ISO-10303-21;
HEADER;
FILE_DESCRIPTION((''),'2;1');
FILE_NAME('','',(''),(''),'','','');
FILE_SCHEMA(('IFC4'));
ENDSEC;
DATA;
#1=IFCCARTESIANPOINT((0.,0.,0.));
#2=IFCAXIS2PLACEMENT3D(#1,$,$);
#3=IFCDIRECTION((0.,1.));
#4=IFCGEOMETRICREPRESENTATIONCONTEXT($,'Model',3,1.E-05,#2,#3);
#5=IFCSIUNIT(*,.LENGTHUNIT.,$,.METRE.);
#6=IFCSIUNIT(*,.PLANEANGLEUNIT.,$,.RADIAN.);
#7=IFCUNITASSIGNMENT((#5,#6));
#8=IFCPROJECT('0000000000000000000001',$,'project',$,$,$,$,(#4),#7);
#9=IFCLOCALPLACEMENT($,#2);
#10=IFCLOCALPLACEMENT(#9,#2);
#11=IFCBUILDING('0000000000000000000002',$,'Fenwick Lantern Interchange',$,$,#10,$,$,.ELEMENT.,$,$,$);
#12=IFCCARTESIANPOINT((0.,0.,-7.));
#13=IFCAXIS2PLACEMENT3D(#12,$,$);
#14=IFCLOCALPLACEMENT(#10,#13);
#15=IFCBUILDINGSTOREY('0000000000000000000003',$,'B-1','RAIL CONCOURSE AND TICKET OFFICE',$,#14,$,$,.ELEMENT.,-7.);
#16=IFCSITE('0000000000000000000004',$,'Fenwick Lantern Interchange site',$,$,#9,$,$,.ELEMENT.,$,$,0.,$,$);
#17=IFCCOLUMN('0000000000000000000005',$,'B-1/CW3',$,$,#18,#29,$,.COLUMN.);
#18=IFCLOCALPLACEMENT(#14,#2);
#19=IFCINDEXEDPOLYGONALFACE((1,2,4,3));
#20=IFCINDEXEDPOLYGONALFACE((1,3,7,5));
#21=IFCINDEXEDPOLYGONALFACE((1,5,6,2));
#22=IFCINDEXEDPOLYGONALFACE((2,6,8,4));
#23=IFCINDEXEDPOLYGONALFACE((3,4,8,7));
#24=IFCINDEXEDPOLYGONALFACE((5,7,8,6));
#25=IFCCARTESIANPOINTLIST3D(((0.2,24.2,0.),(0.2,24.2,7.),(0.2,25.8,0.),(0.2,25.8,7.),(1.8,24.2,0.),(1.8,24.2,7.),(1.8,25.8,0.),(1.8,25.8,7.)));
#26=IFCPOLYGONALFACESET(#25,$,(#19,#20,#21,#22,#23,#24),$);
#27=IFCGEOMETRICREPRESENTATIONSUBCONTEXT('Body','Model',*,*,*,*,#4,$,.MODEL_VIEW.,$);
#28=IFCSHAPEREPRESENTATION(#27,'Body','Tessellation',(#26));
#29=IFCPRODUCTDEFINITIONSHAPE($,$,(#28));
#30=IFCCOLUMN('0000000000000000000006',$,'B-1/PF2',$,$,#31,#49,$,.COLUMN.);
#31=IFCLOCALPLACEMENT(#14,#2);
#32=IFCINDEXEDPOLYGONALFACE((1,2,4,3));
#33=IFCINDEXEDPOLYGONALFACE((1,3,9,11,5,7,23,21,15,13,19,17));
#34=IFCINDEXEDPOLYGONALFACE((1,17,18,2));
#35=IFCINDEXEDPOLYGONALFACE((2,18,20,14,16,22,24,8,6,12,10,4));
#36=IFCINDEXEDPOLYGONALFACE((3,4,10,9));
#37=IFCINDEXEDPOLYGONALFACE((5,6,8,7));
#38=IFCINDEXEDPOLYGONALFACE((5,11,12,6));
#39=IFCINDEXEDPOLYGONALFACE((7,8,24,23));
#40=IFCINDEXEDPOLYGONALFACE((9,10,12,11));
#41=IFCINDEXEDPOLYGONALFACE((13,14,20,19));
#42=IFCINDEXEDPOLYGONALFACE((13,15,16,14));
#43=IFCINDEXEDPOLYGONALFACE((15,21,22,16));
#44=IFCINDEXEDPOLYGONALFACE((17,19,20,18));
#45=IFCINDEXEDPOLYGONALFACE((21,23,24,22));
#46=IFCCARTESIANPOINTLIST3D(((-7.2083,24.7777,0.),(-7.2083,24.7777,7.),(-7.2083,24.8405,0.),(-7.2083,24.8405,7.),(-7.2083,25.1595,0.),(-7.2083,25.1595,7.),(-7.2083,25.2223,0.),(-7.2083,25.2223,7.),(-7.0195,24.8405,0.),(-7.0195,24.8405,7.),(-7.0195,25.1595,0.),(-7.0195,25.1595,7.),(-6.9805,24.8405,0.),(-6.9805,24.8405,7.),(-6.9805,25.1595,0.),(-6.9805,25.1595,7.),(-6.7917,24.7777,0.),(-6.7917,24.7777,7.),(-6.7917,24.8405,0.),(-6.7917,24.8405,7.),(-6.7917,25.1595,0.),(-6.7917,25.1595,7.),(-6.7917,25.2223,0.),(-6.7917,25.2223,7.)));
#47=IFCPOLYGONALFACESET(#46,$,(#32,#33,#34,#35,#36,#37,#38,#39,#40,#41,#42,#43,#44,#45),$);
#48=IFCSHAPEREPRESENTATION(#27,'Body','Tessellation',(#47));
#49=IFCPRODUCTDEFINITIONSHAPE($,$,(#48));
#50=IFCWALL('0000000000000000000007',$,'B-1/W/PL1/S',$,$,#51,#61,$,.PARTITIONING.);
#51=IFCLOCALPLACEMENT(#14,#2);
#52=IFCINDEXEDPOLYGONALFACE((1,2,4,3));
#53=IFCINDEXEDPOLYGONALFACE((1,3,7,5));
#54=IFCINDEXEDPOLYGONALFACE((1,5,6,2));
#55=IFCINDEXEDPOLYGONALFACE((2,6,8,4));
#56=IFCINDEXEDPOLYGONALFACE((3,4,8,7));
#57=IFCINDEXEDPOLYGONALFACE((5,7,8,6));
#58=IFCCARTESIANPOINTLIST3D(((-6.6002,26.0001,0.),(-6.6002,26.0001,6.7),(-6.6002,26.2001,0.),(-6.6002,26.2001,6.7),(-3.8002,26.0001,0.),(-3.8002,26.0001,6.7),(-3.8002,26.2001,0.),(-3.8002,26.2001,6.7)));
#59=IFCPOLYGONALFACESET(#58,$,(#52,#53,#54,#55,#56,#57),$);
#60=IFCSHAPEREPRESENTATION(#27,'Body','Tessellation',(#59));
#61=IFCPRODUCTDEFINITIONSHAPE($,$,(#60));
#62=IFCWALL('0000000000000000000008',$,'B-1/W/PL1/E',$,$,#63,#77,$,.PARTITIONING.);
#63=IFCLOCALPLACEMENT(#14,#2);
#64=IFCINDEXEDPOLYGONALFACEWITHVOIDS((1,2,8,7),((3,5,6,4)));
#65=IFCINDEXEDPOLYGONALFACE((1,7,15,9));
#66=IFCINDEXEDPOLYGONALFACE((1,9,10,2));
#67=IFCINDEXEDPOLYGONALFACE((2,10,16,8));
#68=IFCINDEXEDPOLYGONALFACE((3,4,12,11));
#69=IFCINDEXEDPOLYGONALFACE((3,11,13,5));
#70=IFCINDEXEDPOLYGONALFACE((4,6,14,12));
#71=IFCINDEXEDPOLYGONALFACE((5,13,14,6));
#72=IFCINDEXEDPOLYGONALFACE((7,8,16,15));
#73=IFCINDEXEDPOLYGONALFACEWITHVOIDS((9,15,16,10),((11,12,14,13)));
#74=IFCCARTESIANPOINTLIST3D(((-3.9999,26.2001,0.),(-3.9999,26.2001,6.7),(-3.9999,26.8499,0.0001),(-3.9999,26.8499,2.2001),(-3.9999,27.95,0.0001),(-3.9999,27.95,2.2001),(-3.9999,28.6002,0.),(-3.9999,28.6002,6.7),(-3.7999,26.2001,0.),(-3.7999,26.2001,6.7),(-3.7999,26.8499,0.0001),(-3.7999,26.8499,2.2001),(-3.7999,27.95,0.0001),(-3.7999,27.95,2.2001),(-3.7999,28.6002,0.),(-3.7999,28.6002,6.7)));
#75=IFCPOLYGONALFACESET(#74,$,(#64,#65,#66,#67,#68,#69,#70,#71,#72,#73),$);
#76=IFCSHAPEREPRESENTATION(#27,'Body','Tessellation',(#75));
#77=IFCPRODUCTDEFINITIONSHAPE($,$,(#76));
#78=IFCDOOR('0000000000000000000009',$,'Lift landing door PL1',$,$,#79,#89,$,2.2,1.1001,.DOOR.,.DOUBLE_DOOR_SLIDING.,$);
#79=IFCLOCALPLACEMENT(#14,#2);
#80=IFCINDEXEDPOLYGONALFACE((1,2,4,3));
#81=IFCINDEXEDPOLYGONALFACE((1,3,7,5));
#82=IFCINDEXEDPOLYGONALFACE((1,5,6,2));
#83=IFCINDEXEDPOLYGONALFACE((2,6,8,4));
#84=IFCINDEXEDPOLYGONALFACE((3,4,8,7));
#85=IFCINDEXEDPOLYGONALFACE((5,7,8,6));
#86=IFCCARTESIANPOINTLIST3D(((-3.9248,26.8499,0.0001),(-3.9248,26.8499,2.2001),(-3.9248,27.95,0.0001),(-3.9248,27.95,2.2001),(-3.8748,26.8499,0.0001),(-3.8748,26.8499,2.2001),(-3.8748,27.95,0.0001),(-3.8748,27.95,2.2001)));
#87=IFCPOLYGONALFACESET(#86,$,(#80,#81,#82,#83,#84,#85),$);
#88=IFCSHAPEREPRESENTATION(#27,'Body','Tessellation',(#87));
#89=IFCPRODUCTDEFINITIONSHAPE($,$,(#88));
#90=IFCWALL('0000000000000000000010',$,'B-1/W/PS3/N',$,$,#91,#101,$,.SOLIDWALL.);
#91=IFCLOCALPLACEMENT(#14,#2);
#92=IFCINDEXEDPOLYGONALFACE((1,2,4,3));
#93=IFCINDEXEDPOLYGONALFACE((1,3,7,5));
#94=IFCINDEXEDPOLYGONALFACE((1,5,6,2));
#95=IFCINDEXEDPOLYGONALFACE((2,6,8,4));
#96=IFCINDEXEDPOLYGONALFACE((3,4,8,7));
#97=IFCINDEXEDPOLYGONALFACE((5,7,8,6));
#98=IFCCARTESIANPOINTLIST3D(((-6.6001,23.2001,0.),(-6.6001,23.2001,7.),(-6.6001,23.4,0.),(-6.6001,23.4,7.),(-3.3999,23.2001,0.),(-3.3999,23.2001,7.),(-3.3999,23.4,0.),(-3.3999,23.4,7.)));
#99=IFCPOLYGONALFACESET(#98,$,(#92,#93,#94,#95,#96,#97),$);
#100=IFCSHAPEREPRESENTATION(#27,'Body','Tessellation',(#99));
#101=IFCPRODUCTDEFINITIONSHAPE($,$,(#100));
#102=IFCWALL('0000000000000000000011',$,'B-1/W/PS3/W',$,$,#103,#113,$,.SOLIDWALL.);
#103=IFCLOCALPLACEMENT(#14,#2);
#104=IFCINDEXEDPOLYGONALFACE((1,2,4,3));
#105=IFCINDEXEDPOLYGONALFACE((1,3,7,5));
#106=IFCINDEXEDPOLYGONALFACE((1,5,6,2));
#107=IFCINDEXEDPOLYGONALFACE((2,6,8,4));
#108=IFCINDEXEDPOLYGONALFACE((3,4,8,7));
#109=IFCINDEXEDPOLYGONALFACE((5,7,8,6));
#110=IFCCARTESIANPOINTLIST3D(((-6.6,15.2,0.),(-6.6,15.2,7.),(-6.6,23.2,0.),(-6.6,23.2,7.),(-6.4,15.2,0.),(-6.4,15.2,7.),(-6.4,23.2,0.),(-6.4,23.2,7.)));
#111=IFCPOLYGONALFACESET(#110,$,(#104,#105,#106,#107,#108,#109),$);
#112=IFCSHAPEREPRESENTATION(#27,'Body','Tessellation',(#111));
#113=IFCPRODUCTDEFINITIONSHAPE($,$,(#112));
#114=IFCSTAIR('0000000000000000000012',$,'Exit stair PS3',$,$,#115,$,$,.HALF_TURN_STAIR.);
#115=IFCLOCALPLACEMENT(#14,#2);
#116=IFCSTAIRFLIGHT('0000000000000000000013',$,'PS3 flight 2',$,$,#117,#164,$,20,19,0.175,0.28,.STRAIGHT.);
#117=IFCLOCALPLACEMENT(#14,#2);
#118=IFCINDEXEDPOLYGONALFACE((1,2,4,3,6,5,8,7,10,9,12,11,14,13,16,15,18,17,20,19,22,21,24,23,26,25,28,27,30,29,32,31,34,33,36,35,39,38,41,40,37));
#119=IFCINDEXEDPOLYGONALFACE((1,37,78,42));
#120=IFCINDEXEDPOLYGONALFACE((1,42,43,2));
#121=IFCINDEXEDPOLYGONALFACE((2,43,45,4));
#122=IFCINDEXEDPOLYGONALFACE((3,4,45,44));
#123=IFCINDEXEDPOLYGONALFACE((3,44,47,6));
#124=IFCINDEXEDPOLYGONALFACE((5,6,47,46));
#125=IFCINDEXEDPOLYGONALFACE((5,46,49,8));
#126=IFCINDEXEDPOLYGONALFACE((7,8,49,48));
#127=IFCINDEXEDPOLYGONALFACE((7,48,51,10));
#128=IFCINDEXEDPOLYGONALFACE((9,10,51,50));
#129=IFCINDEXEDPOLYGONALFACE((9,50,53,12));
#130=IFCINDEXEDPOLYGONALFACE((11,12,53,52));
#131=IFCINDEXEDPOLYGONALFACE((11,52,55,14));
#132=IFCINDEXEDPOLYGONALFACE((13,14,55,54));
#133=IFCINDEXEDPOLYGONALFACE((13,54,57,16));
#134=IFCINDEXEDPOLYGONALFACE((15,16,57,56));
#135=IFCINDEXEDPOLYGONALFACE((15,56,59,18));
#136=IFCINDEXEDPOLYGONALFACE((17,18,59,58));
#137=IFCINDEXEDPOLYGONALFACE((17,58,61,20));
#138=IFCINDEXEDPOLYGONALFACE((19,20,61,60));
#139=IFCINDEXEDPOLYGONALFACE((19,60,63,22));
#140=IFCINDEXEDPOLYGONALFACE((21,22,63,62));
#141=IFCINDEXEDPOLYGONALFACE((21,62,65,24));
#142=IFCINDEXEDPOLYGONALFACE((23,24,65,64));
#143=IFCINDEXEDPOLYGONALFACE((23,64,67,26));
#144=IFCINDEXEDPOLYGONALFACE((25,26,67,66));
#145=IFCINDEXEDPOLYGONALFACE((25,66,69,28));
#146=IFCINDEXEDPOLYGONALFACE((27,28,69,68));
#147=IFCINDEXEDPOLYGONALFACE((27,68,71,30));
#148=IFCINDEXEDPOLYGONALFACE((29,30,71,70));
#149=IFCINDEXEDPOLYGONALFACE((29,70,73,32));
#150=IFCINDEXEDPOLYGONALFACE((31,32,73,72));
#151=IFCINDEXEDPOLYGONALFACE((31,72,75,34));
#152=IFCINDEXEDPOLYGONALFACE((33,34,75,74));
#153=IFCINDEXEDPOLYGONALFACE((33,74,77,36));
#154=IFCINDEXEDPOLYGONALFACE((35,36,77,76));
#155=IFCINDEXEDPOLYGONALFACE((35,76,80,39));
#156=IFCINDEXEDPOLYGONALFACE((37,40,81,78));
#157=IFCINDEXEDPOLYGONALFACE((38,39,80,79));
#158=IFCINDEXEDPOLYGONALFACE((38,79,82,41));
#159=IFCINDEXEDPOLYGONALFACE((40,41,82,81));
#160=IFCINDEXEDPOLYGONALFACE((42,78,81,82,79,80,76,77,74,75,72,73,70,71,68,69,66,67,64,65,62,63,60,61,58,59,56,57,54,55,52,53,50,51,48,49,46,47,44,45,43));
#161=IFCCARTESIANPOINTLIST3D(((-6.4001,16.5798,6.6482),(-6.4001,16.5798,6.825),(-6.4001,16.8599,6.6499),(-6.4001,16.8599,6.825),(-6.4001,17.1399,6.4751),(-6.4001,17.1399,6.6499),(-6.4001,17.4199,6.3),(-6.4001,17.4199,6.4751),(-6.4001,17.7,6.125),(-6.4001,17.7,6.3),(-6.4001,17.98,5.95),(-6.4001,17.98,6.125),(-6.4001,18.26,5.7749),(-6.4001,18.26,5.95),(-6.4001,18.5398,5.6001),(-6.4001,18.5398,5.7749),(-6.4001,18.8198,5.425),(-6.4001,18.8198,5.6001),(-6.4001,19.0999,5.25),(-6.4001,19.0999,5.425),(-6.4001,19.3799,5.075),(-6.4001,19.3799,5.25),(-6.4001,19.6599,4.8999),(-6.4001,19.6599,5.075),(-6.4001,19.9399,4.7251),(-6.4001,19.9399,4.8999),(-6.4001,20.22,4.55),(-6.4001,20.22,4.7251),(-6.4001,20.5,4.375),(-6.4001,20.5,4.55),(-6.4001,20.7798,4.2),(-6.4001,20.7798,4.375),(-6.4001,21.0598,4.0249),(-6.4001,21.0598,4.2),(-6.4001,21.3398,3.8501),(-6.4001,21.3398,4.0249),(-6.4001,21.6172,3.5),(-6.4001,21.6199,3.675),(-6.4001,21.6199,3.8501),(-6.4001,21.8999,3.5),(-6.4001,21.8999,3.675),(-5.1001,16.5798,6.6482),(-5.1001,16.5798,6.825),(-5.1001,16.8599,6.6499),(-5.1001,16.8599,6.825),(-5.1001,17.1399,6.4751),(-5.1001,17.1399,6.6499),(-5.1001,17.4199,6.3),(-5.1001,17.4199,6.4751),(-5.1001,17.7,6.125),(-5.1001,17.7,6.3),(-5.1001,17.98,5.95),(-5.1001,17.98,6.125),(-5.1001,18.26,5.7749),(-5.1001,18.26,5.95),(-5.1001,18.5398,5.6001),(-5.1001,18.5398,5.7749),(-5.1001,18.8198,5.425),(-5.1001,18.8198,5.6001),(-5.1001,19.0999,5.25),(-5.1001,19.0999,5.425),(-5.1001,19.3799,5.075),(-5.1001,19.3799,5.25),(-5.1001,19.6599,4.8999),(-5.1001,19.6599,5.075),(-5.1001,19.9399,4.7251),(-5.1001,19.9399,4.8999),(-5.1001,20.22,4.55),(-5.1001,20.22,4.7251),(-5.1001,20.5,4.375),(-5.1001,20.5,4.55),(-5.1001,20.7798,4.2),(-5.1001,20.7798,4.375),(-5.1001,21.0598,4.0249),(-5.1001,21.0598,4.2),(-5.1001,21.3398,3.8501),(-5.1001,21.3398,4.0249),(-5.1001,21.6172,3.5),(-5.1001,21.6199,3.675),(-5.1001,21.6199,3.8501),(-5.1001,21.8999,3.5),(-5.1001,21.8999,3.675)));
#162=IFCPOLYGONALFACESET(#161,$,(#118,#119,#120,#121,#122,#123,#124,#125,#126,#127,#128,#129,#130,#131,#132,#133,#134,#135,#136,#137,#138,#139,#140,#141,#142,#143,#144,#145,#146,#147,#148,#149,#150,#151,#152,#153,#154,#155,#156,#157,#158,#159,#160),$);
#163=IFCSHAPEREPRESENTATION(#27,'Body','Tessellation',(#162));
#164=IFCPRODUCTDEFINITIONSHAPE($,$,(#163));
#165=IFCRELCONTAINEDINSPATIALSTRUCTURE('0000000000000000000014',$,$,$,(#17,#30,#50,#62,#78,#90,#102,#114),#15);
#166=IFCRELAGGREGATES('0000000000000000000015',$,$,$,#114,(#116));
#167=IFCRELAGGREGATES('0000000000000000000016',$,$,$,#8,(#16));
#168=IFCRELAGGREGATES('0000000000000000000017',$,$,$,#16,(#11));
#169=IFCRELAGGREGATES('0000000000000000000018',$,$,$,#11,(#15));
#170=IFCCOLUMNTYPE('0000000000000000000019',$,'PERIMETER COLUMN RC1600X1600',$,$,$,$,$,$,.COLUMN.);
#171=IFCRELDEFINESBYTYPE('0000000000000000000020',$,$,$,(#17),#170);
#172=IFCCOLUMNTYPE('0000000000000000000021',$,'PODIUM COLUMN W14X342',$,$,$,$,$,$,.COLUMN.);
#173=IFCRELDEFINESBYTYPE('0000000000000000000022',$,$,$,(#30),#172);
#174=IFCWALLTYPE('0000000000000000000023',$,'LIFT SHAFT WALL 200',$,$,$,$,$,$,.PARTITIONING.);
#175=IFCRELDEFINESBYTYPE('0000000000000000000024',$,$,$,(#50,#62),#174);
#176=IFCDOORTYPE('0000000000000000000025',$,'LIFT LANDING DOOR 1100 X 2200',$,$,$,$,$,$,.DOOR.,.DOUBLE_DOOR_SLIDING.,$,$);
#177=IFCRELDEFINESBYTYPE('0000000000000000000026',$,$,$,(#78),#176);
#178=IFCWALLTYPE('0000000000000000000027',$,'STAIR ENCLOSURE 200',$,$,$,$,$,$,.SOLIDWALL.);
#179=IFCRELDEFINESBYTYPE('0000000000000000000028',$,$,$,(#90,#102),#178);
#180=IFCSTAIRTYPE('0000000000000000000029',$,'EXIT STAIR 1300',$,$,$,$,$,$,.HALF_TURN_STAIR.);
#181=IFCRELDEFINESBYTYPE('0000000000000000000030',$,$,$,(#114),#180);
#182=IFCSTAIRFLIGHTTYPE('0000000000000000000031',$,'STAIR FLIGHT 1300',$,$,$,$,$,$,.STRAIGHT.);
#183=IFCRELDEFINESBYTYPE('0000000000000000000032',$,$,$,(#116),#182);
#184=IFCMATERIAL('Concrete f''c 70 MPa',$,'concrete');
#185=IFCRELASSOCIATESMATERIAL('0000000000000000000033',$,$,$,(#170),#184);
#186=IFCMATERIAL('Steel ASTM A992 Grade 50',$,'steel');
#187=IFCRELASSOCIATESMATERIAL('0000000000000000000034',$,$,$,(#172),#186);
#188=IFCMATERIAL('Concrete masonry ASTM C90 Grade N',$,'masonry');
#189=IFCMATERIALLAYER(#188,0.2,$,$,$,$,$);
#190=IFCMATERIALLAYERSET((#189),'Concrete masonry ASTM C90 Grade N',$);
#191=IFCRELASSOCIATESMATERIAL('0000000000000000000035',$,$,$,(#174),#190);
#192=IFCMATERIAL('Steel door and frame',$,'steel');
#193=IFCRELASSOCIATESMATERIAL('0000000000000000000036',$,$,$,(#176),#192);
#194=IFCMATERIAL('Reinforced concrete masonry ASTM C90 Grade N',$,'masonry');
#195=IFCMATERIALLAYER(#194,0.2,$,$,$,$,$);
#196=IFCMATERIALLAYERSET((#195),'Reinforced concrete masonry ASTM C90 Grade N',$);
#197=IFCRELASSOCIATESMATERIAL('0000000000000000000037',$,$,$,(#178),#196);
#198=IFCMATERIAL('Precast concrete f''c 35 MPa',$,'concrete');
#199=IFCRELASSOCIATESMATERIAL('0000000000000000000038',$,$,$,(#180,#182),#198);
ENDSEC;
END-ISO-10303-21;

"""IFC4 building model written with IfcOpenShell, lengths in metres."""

from ifc_helpers import new_model, si_unit, direction, frame, frame_2d, origin, origin_2d, place, context, subcontext, project, spatial, polyline, rectangle, i_section, outline, extrude, material, layer, layer_set, material_profile, profile_set, type_object, element, fill, aggregate, save


model = new_model("IFC4")

# Units and contexts
model_context = context("Model", 3, precision=1e-05, world=origin(), true_north=direction((0.0, 1.0)))
body_context = subcontext(model_context, "Body", "Model", "MODEL_VIEW")
ifc_project = project(units=[si_unit("LENGTHUNIT", "METRE"), si_unit("PLANEANGLEUNIT", "RADIAN")], contexts=[model_context])

# Site, building, storey
site_placement = place(None, origin())
site = spatial("IfcSite", under=ifc_project, at=site_placement, Name="Fenwick Lantern Interchange site", CompositionType="ELEMENT", RefElevation=0.0)
building_placement = place(site_placement, origin())
building = spatial("IfcBuilding", under=site, at=building_placement, Name="Fenwick Lantern Interchange", CompositionType="ELEMENT")
storey_placement = place(building_placement, frame((0.0, 0.0, -7.0)))
storey = spatial("IfcBuildingStorey", under=building, at=storey_placement, Name="B-1", Description="RAIL CONCOURSE AND TICKET OFFICE", CompositionType="ELEMENT", Elevation=-7.0)

# Columns
ifc_material_1 = material(Name="Concrete f'c 70 MPa", Category="concrete")
ifc_material_profile_1 = material_profile(ifc_material_1, rectangle(XDim=1.6001, YDim=1.6001, at=origin_2d()), Name="RC1600X1600")
ifc_profile_set_1 = profile_set([ifc_material_profile_1], Name="Concrete f'c 70 MPa")
column_type_1 = type_object("IfcColumnType", Name="PERIMETER COLUMN RC1600X1600", PredefinedType="COLUMN", material=ifc_profile_set_1)
column_1_placement = place(storey_placement, frame((1.0, 25.0, 0.0), z_axis=(0.0, 0.0, 1.0), x_axis=(1.0, 0.0, 0.0)))
element("IfcColumn", 1, at=column_1_placement, inside=storey, type_object=column_type_1, Name="B-1/CW3", PredefinedType="COLUMN", context=body_context, shape_type="SweptSolid", body=[
    extrude(rectangle(XDim=1.6001, YDim=1.6001, at=origin_2d()), origin(), (0.0, 0.0, 1.0), 7.0),
])
ifc_material_2 = material(Name="Steel ASTM A992 Grade 50", Category="steel")
ifc_material_profile_2 = material_profile(ifc_material_2, i_section(OverallWidth=0.4165, OverallDepth=0.4446, WebThickness=0.0391, FlangeThickness=0.0627, at=origin_2d()), Name="W14X342")
ifc_profile_set_2 = profile_set([ifc_material_profile_2], Name="Steel ASTM A992 Grade 50")
column_type_2 = type_object("IfcColumnType", Name="PODIUM COLUMN W14X342", PredefinedType="COLUMN", material=ifc_profile_set_2)
column_2_placement = place(storey_placement, frame((-7.0, 25.0, 0.0), z_axis=(0.0, 0.0, 1.0), x_axis=(1.0, 0.0, 0.0)))
element("IfcColumn", 2, at=column_2_placement, inside=storey, type_object=column_type_2, Name="B-1/PF2", PredefinedType="COLUMN", context=body_context, shape_type="SweptSolid", body=[
    extrude(i_section(OverallWidth=0.4165, OverallDepth=0.4446, WebThickness=0.0391, FlangeThickness=0.0627, at=origin_2d()), origin(), (0.0, 0.0, 1.0), 7.0),
])

# Wall
ifc_material_3 = material(Name="Concrete masonry ASTM C90 Grade N", Category="masonry")
ifc_layer_1 = layer(ifc_material_3, 0.2)
ifc_layer_set_1 = layer_set([ifc_layer_1], Name="Concrete masonry ASTM C90 Grade N")
wall_type_1 = type_object("IfcWallType", Name="LIFT SHAFT WALL 200", PredefinedType="PARTITIONING", material=ifc_layer_set_1)
wall_1_placement = place(storey_placement, frame((-6.6001, 26.1001, 0.0), z_axis=(0.0, 0.0, 1.0), x_axis=(1.0, 0.0, 0.0)))
element("IfcWall", 3, at=wall_1_placement, inside=storey, type_object=wall_type_1, Name="B-1/W/PL1/S", PredefinedType="PARTITIONING", context=body_context, shape_type="SweptSolid", body=[
    extrude(rectangle(XDim=2.8, YDim=0.2, at=frame_2d((1.3999, 0.0))), origin(), (0.0, 0.0, 1.0), 6.7),
])

# Wall, opening, door
wall_2_placement = place(storey_placement, frame((-3.8999, 26.2, 0.0), z_axis=(0.0, 0.0, 1.0), x_axis=(0.0, 1.0, 0.0)))
wall_2 = element("IfcWall", 4, at=wall_2_placement, inside=storey, type_object=wall_type_1, Name="B-1/W/PL1/E", PredefinedType="PARTITIONING", context=body_context, shape_type="SweptSolid", body=[
    extrude(rectangle(XDim=2.4001, YDim=0.2, at=frame_2d((1.2002, 0.0))), origin(), (0.0, 0.0, 1.0), 6.7),
])
opening_placement = place(wall_2_placement, frame((0.6499, 0.0, 0.0)))
opening = element("IfcOpeningElement", 5, at=opening_placement, cuts=wall_2, PredefinedType="OPENING", context=body_context, shape_type="SweptSolid", body=[
    extrude(rectangle(XDim=1.1001, YDim=2.2, at=frame_2d((0.55, 1.1001))), frame((0.0, 0.1099, 0.0), z_axis=(0.0, -1.0, 0.0), x_axis=(1.0, 0.0, 0.0)), (0.0, 0.0, 1.0), 0.22),
])
ifc_material_4 = material(Name="Steel door and frame", Category="steel")
door_type = type_object("IfcDoorType", Name="LIFT LANDING DOOR 1100 X 2200", OperationType="DOUBLE_DOOR_SLIDING", PredefinedType="DOOR", material=ifc_material_4)
door_placement = place(opening_placement, origin())
door = element("IfcDoor", 6, at=door_placement, inside=storey, type_object=door_type, Name="Lift landing door PL1", OperationType="DOUBLE_DOOR_SLIDING", OverallHeight=2.2, OverallWidth=1.1001, PredefinedType="DOOR", context=body_context, shape_type="SweptSolid", body=[
    extrude(rectangle(XDim=1.1001, YDim=2.2, at=frame_2d((0.55, 1.1001))), frame((0.0, 0.0249, 0.0), z_axis=(0.0, -1.0, 0.0), x_axis=(1.0, 0.0, 0.0)), (0.0, 0.0, 1.0), 0.05),
])
fill(opening, door)

# Walls
ifc_material_5 = material(Name="Reinforced concrete masonry ASTM C90 Grade N", Category="masonry")
ifc_layer_2 = layer(ifc_material_5, 0.2)
ifc_layer_set_2 = layer_set([ifc_layer_2], Name="Reinforced concrete masonry ASTM C90 Grade N")
wall_type_2 = type_object("IfcWallType", Name="STAIR ENCLOSURE 200", PredefinedType="SOLIDWALL", material=ifc_layer_set_2)
wall_3_placement = place(storey_placement, frame((-3.3999, 23.3, 0.0), z_axis=(0.0, 0.0, 1.0), x_axis=(-1.0, 0.0, 0.0)))
element("IfcWall", 7, at=wall_3_placement, inside=storey, type_object=wall_type_2, Name="B-1/W/PS3/N", PredefinedType="SOLIDWALL", context=body_context, shape_type="SweptSolid", body=[
    extrude(rectangle(XDim=3.2002, YDim=0.2, at=frame_2d((1.6001, 0.0))), origin(), (0.0, 0.0, 1.0), 7.0),
])
wall_4_placement = place(storey_placement, frame((-6.5, 23.2, 0.0), z_axis=(0.0, 0.0, 1.0), x_axis=(0.0, -1.0, 0.0)))
element("IfcWall", 8, at=wall_4_placement, inside=storey, type_object=wall_type_2, Name="B-1/W/PS3/W", PredefinedType="SOLIDWALL", context=body_context, shape_type="SweptSolid", body=[
    extrude(rectangle(XDim=8.0, YDim=0.2, at=frame_2d((4.0, 0.0))), origin(), (0.0, 0.0, 1.0), 7.0),
])

# Stair, stair flight
ifc_material_6 = material(Name="Precast concrete f'c 35 MPa", Category="concrete")
stair_type = type_object("IfcStairType", Name="EXIT STAIR 1300", PredefinedType="HALF_TURN_STAIR", material=ifc_material_6)
stair_placement = place(storey_placement, origin())
stair = element("IfcStair", 9, at=stair_placement, inside=storey, type_object=stair_type, Name="Exit stair PS3", PredefinedType="HALF_TURN_STAIR")
stair_flight_type = type_object("IfcStairFlightType", Name="STAIR FLIGHT 1300", PredefinedType="STRAIGHT", material=ifc_material_6)
stair_flight_placement = place(storey_placement, frame((-5.75, 21.8999, 3.5), z_axis=(0.0, 0.0, 1.0), x_axis=(0.0, -1.0, 0.0)))
stair_flight = element("IfcStairFlight", 10, at=stair_flight_placement, type_object=stair_flight_type, Name="PS3 flight 2", NumberOfRisers=20, NumberOfTreads=19, PredefinedType="STRAIGHT", RiserHeight=0.175, TreadLength=0.28, context=body_context, shape_type="SweptSolid", body=[
    extrude(outline(polyline([(0.0, 0.0), (0.0, 0.175), (0.28, 0.175), (0.28, 0.3501), (0.5601, 0.3501), (0.5601, 0.5249), (0.8401, 0.5249), (0.8401, 0.7), (1.1201, 0.7), (1.1201, 0.875), (1.3999, 0.875), (1.3999, 1.05), (1.6799, 1.05), (1.6799, 1.2251), (1.96, 1.2251), (1.96, 1.3999), (2.24, 1.3999), (2.24, 1.575), (2.52, 1.575), (2.52, 1.75), (2.8, 1.75), (2.8, 1.925), (3.0801, 1.925), (3.0801, 2.1001), (3.3601, 2.1001), (3.3601, 2.2749), (3.6399, 2.2749), (3.6399, 2.45), (3.9199, 2.45), (3.9199, 2.625), (4.2, 2.625), (4.2, 2.8), (4.48, 2.8), (4.48, 2.9751), (4.76, 2.9751), (4.76, 3.1499), (5.04, 3.1499), (5.04, 3.325), (5.3201, 3.325), (5.3201, 3.5), (5.3201, 3.1482), (0.2827, 0.0), (0.0, 0.0)])), frame((0.0, 0.6499, 0.0), z_axis=(0.0, -1.0, 0.0), x_axis=(1.0, 0.0, 0.0)), (0.0, 0.0, 1.0), 1.3),
])
aggregate(stair, [stair_flight])

save(model, "model.ifc")
